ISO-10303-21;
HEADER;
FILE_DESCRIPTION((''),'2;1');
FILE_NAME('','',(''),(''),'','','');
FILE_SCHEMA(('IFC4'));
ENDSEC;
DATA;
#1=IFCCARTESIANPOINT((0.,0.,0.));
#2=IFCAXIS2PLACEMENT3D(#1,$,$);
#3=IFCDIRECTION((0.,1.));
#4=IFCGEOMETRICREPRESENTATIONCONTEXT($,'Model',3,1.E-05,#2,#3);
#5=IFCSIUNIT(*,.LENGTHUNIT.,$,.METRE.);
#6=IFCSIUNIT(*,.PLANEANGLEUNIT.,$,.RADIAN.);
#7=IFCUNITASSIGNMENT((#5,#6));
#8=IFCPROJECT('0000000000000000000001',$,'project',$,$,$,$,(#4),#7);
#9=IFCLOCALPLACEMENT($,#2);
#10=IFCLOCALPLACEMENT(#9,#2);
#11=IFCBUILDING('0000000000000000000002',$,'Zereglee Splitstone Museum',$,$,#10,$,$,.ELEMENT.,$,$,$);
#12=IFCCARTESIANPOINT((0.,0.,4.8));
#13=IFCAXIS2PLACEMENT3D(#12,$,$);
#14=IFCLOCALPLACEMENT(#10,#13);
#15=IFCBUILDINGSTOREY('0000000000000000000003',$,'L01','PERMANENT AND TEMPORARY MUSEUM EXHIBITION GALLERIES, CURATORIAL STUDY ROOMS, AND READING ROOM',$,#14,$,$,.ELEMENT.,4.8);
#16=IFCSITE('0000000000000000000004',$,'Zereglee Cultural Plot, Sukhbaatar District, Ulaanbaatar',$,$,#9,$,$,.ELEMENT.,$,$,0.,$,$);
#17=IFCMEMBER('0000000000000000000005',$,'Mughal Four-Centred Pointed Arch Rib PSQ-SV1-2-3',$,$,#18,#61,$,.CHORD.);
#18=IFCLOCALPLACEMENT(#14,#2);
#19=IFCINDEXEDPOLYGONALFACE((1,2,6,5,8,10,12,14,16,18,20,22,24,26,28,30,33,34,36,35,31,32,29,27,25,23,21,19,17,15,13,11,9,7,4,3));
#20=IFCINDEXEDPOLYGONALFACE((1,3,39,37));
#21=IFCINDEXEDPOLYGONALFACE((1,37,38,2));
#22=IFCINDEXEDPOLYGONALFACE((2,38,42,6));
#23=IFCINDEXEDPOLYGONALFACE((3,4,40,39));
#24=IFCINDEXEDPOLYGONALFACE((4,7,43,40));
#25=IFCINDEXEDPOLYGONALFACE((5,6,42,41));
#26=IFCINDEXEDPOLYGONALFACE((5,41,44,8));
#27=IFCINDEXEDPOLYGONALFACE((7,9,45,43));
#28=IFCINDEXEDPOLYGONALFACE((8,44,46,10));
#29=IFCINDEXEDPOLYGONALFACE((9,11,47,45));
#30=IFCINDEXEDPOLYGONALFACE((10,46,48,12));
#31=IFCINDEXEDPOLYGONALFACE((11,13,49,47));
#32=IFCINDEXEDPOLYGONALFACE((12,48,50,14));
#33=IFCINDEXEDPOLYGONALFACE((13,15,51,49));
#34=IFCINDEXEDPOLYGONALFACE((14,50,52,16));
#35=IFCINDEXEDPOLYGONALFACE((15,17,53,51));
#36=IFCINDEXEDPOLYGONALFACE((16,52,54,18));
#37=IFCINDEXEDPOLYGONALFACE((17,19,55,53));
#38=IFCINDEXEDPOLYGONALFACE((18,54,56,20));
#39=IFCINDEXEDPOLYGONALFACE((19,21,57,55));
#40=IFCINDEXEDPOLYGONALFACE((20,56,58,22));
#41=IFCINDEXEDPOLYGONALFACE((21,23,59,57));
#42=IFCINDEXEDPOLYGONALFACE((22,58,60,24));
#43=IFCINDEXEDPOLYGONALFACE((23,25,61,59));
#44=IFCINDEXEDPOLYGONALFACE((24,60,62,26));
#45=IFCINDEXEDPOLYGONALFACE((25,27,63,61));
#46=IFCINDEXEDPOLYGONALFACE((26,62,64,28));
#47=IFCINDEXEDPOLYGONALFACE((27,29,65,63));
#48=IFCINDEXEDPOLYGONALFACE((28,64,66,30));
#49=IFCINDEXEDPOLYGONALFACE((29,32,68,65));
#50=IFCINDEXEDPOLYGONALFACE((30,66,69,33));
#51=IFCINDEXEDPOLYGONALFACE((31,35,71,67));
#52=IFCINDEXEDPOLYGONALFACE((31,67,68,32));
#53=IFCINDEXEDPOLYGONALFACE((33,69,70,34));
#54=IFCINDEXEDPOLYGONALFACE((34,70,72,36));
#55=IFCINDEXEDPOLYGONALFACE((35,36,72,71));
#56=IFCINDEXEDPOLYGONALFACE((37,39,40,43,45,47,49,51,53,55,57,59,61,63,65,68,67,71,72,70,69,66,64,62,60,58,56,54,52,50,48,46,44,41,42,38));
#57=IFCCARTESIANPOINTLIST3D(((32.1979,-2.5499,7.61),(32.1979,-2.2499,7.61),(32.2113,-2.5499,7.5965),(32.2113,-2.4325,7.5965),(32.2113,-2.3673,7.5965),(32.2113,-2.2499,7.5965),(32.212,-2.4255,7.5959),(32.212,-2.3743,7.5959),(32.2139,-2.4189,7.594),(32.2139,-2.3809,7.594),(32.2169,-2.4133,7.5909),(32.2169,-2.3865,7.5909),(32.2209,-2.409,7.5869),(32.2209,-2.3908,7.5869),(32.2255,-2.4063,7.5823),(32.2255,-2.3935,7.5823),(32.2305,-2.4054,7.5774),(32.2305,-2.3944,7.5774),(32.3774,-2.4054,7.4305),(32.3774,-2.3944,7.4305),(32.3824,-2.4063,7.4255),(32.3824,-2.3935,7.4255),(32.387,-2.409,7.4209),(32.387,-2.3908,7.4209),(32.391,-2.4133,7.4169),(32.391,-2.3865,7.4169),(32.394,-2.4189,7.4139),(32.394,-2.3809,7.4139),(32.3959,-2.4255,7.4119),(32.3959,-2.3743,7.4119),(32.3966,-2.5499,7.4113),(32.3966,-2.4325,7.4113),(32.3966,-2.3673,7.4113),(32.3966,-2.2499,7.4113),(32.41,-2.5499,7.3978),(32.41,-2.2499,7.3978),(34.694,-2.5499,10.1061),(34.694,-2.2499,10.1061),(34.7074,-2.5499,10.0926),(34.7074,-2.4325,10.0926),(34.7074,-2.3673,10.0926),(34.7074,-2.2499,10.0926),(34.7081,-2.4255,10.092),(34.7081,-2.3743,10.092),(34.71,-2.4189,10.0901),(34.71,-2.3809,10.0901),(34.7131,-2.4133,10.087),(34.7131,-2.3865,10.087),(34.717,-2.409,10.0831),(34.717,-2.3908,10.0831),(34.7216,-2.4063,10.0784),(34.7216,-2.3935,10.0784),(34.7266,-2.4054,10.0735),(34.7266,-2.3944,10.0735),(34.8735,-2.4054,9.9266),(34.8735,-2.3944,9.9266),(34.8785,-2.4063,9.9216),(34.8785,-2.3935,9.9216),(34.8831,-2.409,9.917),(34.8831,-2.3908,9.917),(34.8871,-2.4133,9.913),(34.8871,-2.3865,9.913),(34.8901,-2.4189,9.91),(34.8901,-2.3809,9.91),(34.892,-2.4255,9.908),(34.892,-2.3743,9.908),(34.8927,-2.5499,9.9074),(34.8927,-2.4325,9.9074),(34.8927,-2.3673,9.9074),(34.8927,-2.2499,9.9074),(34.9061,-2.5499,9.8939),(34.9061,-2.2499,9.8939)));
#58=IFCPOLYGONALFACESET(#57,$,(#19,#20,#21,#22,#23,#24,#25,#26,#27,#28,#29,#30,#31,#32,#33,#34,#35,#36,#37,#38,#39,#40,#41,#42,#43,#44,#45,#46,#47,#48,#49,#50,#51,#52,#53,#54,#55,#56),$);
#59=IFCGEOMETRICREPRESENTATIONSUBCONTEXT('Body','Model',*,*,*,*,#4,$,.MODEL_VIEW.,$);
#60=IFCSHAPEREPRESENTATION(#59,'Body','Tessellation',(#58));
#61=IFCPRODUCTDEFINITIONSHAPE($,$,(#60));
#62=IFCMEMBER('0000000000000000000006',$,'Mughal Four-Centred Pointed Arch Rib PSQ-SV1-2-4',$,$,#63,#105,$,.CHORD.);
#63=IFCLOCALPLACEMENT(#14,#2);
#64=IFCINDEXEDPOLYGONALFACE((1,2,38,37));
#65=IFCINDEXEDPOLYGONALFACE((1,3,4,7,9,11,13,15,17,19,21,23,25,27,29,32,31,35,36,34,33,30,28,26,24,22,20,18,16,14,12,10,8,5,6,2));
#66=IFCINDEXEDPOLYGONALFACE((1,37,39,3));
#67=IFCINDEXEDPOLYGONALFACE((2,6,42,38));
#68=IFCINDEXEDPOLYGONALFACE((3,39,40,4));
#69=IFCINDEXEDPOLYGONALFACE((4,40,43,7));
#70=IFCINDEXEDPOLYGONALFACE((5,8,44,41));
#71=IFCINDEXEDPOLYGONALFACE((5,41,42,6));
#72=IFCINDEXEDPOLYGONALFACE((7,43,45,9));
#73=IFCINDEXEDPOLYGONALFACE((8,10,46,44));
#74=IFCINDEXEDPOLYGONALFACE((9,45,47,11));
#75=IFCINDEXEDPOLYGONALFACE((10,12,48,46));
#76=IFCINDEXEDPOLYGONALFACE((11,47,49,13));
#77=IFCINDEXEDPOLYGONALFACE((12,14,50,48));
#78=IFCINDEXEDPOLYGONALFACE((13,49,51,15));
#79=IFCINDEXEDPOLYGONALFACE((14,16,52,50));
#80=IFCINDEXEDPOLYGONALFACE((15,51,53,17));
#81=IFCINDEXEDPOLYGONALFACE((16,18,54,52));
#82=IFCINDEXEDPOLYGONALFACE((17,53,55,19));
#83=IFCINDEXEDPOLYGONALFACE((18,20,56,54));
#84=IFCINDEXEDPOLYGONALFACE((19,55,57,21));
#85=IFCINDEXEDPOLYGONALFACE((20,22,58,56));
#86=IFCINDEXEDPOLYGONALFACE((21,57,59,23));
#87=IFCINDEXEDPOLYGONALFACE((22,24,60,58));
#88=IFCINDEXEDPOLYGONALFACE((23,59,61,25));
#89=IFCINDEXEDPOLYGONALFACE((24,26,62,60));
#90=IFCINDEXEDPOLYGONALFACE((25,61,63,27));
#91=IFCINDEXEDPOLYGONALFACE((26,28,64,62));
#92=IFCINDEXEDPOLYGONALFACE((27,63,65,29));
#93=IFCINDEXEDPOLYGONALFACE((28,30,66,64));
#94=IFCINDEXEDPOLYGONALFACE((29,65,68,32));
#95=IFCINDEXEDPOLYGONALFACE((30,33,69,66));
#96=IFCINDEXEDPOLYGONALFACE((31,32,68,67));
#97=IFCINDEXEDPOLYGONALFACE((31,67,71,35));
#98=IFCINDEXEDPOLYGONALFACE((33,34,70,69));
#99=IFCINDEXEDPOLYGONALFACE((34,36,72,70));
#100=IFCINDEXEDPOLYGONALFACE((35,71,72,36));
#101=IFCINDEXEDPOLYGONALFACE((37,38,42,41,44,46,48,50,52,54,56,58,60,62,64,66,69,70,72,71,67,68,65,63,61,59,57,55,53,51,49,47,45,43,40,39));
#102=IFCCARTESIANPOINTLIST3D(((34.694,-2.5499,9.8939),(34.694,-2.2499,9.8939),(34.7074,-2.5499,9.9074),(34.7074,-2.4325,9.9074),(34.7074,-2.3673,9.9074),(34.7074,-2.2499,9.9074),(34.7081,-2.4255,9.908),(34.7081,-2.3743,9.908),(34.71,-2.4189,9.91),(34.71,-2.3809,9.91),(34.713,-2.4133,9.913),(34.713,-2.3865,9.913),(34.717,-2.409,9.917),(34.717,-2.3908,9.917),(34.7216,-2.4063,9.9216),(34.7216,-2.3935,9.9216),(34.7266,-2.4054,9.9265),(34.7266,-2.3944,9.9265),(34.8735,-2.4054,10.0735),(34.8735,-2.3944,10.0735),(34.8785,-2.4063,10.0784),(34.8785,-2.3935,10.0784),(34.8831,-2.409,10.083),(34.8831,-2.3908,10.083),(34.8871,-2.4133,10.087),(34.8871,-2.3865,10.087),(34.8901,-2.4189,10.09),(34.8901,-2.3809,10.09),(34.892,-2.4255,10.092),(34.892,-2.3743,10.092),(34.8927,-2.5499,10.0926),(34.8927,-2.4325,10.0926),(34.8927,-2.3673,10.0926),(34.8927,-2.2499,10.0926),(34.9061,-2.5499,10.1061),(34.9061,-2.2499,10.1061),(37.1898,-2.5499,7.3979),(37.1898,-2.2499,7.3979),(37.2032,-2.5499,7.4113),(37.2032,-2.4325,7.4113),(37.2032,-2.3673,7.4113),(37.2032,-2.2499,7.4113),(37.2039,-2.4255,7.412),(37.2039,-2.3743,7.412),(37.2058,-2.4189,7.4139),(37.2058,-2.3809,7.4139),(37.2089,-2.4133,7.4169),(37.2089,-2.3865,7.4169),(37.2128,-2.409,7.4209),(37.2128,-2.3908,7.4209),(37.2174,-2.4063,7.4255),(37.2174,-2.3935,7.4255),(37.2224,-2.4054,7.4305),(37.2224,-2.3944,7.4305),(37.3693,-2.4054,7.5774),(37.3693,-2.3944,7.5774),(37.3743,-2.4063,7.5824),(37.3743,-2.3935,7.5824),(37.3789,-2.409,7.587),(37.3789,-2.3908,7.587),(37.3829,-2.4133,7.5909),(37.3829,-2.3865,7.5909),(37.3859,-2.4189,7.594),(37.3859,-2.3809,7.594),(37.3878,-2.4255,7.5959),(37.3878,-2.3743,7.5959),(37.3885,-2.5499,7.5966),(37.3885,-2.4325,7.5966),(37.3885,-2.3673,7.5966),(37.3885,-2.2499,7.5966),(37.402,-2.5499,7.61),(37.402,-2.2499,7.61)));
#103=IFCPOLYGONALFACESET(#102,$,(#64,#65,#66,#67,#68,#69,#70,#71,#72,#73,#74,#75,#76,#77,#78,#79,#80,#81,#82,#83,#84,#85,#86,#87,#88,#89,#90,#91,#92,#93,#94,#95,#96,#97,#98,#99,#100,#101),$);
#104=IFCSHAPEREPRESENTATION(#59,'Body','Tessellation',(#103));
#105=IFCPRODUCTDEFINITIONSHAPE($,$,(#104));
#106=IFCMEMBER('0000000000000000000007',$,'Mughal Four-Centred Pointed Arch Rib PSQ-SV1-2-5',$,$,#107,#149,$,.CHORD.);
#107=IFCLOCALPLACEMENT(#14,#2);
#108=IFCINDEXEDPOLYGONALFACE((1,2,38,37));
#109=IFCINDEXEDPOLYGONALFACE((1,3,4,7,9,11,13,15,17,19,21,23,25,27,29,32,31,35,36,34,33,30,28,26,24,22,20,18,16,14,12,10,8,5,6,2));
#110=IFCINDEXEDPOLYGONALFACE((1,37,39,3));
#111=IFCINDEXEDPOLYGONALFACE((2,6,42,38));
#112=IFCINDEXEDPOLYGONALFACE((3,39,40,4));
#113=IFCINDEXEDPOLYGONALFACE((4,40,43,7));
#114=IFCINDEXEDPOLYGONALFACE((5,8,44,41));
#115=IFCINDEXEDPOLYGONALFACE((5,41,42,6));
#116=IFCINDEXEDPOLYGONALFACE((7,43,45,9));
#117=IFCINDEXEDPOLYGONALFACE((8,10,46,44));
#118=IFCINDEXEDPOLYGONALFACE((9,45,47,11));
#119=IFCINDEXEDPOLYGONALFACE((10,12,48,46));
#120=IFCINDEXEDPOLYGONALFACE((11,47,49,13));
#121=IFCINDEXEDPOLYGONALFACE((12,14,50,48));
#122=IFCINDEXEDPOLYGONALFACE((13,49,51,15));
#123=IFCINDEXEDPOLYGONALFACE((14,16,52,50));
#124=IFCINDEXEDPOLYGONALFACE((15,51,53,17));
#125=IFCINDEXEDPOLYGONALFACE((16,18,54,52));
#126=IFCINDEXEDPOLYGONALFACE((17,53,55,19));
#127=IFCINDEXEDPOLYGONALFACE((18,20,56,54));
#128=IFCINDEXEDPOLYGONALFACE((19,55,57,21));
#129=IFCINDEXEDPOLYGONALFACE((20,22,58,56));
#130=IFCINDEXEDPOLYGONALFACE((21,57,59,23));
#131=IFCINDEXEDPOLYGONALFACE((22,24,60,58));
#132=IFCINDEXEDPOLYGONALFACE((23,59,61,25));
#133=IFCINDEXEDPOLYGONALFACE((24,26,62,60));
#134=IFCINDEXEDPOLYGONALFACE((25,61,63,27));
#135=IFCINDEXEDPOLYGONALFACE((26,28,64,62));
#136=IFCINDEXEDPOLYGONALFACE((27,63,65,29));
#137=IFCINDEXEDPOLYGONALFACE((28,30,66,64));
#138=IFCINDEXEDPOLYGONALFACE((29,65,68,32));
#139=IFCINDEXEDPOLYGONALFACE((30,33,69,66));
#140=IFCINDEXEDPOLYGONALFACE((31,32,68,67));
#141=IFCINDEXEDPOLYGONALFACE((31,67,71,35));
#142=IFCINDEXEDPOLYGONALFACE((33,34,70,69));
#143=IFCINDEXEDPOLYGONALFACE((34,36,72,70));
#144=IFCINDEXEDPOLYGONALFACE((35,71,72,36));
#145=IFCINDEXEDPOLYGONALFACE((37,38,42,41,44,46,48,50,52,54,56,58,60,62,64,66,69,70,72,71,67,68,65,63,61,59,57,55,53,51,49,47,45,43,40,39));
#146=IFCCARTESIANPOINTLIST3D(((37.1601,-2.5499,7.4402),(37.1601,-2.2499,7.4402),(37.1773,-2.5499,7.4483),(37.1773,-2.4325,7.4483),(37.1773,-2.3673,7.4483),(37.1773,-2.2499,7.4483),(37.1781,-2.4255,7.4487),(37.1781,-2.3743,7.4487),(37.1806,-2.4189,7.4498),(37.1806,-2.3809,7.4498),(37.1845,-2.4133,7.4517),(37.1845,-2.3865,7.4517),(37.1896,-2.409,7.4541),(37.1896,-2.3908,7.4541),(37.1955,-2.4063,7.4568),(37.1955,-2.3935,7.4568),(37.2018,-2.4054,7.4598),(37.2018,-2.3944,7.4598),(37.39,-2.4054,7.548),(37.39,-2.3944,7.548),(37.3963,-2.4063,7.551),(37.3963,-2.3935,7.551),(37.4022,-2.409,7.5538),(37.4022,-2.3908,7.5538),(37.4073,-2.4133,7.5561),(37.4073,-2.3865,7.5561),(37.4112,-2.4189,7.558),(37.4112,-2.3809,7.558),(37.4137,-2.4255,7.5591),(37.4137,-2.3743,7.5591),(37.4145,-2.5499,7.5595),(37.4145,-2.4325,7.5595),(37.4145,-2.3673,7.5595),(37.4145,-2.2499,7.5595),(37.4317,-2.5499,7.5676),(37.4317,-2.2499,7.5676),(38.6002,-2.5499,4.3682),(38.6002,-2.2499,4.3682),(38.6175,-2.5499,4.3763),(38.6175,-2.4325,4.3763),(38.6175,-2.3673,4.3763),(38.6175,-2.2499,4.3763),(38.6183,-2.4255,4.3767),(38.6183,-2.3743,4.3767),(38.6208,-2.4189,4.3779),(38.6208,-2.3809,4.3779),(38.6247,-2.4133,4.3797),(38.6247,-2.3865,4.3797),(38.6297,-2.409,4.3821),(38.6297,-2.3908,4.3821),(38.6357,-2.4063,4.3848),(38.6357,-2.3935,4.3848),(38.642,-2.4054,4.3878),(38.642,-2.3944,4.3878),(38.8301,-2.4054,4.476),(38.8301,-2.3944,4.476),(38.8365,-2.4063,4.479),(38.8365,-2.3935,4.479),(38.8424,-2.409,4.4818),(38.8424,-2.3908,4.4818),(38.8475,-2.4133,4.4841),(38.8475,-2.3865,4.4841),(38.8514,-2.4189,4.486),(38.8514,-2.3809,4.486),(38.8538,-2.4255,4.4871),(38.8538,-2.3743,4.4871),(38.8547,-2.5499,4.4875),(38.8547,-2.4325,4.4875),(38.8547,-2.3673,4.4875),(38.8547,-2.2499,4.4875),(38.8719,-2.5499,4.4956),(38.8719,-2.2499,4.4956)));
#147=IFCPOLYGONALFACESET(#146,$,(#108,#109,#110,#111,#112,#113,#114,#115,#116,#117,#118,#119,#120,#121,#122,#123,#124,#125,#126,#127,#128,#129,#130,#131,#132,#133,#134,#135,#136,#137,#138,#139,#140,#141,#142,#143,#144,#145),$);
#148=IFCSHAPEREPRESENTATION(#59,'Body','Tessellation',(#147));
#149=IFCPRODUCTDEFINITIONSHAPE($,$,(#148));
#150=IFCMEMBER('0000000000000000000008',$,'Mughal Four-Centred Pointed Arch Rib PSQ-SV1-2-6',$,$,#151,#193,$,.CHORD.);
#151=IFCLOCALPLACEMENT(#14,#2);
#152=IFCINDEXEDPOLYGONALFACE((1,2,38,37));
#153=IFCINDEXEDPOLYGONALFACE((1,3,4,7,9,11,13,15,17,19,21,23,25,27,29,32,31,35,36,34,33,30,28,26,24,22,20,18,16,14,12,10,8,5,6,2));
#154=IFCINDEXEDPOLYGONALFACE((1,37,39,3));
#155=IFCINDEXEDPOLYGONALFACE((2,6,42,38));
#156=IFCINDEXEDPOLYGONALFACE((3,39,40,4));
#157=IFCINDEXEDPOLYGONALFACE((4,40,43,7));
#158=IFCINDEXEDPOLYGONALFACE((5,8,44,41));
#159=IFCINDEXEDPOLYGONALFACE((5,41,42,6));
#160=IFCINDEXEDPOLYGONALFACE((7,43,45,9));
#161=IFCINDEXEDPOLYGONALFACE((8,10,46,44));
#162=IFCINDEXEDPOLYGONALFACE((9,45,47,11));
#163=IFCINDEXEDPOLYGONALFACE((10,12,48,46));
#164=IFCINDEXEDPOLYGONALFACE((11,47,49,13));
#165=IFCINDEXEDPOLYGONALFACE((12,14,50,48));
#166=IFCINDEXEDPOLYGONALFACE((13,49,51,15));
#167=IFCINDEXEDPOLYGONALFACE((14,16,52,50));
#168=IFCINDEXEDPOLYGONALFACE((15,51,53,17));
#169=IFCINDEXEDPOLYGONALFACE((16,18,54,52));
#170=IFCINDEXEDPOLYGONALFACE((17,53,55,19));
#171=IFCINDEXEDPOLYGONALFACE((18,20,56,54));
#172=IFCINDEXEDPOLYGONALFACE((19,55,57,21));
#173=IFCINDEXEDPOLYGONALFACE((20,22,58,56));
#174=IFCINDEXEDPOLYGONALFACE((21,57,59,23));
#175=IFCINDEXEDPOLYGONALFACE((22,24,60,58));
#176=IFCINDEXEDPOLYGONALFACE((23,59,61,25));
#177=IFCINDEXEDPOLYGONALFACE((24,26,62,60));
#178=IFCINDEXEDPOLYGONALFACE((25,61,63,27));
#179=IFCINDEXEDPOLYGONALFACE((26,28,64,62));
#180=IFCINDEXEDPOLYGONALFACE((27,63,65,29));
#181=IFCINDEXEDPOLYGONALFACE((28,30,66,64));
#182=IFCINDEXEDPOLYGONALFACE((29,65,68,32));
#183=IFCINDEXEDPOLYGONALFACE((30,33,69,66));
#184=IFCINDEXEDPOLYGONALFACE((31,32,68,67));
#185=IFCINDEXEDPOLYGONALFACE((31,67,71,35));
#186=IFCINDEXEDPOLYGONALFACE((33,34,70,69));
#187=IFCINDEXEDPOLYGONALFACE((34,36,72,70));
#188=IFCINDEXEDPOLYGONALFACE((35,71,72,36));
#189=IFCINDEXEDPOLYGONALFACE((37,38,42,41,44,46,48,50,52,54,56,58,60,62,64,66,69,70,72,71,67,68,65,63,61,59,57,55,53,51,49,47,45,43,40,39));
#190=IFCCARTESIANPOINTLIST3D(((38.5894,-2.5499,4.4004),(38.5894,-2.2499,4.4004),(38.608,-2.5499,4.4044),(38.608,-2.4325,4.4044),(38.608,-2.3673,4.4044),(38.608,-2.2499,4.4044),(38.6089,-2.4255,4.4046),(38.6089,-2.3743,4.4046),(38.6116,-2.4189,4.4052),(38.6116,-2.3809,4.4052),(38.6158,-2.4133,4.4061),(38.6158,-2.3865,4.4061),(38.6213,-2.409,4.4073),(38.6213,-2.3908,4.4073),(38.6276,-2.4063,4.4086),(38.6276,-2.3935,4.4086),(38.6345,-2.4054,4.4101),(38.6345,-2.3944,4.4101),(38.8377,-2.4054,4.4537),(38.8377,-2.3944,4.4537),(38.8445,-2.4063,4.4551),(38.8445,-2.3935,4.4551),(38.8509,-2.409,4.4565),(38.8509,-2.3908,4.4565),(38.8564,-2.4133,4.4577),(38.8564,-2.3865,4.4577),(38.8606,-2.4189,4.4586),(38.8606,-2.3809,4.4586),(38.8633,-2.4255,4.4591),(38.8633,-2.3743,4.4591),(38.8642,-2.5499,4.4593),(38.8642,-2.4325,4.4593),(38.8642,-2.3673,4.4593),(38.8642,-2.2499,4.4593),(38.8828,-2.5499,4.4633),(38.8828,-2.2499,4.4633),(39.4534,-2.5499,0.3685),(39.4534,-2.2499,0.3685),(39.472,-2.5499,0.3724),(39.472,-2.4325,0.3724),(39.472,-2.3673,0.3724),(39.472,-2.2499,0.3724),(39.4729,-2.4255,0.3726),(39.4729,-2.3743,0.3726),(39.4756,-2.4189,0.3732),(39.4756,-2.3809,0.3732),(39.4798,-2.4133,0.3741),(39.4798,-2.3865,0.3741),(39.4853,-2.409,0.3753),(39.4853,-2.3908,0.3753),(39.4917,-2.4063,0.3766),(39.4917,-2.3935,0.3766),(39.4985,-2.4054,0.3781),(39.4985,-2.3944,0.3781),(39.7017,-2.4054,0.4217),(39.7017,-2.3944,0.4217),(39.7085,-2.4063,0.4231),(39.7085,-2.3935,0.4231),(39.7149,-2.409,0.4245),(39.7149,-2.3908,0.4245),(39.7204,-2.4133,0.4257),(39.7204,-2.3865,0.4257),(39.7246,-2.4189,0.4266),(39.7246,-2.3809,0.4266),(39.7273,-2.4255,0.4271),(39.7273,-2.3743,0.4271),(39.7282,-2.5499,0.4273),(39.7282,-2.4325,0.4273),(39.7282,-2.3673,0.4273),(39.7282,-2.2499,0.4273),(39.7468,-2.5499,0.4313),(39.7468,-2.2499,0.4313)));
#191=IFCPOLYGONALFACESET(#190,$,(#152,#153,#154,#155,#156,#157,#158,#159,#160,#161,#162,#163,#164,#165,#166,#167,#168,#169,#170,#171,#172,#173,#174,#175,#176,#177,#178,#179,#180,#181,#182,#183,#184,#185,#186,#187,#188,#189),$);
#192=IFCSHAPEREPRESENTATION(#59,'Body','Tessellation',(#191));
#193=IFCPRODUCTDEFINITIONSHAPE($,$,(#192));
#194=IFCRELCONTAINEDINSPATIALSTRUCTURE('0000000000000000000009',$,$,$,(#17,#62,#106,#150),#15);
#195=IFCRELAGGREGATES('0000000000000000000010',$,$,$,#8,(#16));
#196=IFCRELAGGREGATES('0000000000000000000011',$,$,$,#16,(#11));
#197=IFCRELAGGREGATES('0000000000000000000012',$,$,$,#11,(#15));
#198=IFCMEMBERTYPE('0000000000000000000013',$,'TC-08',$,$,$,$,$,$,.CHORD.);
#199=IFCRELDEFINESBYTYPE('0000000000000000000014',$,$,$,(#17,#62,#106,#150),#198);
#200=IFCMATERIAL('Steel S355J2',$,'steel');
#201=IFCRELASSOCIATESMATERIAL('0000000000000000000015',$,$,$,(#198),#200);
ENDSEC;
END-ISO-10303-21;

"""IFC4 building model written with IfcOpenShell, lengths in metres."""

from ifc_helpers import new_model, si_unit, direction, frame, origin, origin_2d, place, context, subcontext, project, spatial, i_section, extrude, material, material_profile, profile_set, type_object, element, save


model = new_model("IFC4")

# Units and contexts
model_context = context("Model", 3, precision=1e-05, world=origin(), true_north=direction((0.0, 1.0)))
body_context = subcontext(model_context, "Body", "Model", "MODEL_VIEW")
ifc_project = project(units=[si_unit("LENGTHUNIT", "METRE"), si_unit("PLANEANGLEUNIT", "RADIAN")], contexts=[model_context])

# Site, building, storey
site_placement = place(None, origin())
site = spatial("IfcSite", under=ifc_project, at=site_placement, Name="Zereglee Cultural Plot, Sukhbaatar District, Ulaanbaatar", CompositionType="ELEMENT", RefElevation=0.0)
building_placement = place(site_placement, origin())
building = spatial("IfcBuilding", under=site, at=building_placement, Name="Zereglee Splitstone Museum", CompositionType="ELEMENT")
storey_placement = place(building_placement, frame((0.0, 0.0, 4.8)))
storey = spatial("IfcBuildingStorey", under=building, at=storey_placement, Name="L01", Description="PERMANENT AND TEMPORARY MUSEUM EXHIBITION GALLERIES, CURATORIAL STUDY ROOMS, AND READING ROOM", CompositionType="ELEMENT", Elevation=4.8)

# Shared definitions
ifc_material_1 = material(Name="Steel S355J2", Category="steel")

# Members
ifc_material_profile_1 = material_profile(ifc_material_1, i_section(OverallWidth=0.3, OverallDepth=0.3, WebThickness=0.011, FlangeThickness=0.019, FilletRadius=0.0271, at=origin_2d()), Name="HE 300 B")
ifc_profile_set_1 = profile_set([ifc_material_profile_1], Name="Steel S355J2")
member_type_1 = type_object("IfcMemberType", Name="TC-08", PredefinedType="CHORD", material=ifc_profile_set_1)
member_1_placement = place(storey_placement, frame((32.304, -2.3999, 7.5039), z_axis=(0.707107, 0.0, 0.707107), x_axis=(0.0, 1.0, 0.0)))
element("IfcMember", 1, at=member_1_placement, inside=storey, type_object=member_type_1, Name="Mughal Four-Centred Pointed Arch Rib PSQ-SV1-2-3", PredefinedType="CHORD", context=body_context, shape_type="SweptSolid", body=[
    extrude(i_section(OverallWidth=0.3, OverallDepth=0.3, WebThickness=0.011, FlangeThickness=0.019, FilletRadius=0.0271, at=origin_2d()), origin(), (0.0, 0.0, 1.0), 3.53),
])
member_2_placement = place(storey_placement, frame((34.8, -2.3999, 10.0), z_axis=(0.707072, 0.0, -0.707141), x_axis=(0.0, 1.0, 0.0)))
element("IfcMember", 2, at=member_2_placement, inside=storey, type_object=member_type_1, Name="Mughal Four-Centred Pointed Arch Rib PSQ-SV1-2-4", PredefinedType="CHORD", context=body_context, shape_type="SweptSolid", body=[
    extrude(i_section(OverallWidth=0.3, OverallDepth=0.3, WebThickness=0.011, FlangeThickness=0.019, FilletRadius=0.0271, at=origin_2d()), origin(), (0.0, 0.0, 1.0), 3.5298),
])
member_3_placement = place(storey_placement, frame((37.2959, -2.3999, 7.5039), z_axis=(0.424476, 0.0, -0.905439), x_axis=(0.0, 1.0, 0.0)))
element("IfcMember", 3, at=member_3_placement, inside=storey, type_object=member_type_1, Name="Mughal Four-Centred Pointed Arch Rib PSQ-SV1-2-5", PredefinedType="CHORD", context=body_context, shape_type="SweptSolid", body=[
    extrude(i_section(OverallWidth=0.3, OverallDepth=0.3, WebThickness=0.011, FlangeThickness=0.019, FilletRadius=0.0271, at=origin_2d()), origin(), (0.0, 0.0, 1.0), 3.3928),
])
member_4_placement = place(storey_placement, frame((38.7361, -2.3999, 4.4319), z_axis=(0.209533, 0.0, -0.977802), x_axis=(0.0, 1.0, 0.0)))
element("IfcMember", 4, at=member_4_placement, inside=storey, type_object=member_type_1, Name="Mughal Four-Centred Pointed Arch Rib PSQ-SV1-2-6", PredefinedType="CHORD", context=body_context, shape_type="SweptSolid", body=[
    extrude(i_section(OverallWidth=0.3, OverallDepth=0.3, WebThickness=0.011, FlangeThickness=0.019, FilletRadius=0.0271, at=origin_2d()), origin(), (0.0, 0.0, 1.0), 4.1235),
])

save(model, "model.ifc")
